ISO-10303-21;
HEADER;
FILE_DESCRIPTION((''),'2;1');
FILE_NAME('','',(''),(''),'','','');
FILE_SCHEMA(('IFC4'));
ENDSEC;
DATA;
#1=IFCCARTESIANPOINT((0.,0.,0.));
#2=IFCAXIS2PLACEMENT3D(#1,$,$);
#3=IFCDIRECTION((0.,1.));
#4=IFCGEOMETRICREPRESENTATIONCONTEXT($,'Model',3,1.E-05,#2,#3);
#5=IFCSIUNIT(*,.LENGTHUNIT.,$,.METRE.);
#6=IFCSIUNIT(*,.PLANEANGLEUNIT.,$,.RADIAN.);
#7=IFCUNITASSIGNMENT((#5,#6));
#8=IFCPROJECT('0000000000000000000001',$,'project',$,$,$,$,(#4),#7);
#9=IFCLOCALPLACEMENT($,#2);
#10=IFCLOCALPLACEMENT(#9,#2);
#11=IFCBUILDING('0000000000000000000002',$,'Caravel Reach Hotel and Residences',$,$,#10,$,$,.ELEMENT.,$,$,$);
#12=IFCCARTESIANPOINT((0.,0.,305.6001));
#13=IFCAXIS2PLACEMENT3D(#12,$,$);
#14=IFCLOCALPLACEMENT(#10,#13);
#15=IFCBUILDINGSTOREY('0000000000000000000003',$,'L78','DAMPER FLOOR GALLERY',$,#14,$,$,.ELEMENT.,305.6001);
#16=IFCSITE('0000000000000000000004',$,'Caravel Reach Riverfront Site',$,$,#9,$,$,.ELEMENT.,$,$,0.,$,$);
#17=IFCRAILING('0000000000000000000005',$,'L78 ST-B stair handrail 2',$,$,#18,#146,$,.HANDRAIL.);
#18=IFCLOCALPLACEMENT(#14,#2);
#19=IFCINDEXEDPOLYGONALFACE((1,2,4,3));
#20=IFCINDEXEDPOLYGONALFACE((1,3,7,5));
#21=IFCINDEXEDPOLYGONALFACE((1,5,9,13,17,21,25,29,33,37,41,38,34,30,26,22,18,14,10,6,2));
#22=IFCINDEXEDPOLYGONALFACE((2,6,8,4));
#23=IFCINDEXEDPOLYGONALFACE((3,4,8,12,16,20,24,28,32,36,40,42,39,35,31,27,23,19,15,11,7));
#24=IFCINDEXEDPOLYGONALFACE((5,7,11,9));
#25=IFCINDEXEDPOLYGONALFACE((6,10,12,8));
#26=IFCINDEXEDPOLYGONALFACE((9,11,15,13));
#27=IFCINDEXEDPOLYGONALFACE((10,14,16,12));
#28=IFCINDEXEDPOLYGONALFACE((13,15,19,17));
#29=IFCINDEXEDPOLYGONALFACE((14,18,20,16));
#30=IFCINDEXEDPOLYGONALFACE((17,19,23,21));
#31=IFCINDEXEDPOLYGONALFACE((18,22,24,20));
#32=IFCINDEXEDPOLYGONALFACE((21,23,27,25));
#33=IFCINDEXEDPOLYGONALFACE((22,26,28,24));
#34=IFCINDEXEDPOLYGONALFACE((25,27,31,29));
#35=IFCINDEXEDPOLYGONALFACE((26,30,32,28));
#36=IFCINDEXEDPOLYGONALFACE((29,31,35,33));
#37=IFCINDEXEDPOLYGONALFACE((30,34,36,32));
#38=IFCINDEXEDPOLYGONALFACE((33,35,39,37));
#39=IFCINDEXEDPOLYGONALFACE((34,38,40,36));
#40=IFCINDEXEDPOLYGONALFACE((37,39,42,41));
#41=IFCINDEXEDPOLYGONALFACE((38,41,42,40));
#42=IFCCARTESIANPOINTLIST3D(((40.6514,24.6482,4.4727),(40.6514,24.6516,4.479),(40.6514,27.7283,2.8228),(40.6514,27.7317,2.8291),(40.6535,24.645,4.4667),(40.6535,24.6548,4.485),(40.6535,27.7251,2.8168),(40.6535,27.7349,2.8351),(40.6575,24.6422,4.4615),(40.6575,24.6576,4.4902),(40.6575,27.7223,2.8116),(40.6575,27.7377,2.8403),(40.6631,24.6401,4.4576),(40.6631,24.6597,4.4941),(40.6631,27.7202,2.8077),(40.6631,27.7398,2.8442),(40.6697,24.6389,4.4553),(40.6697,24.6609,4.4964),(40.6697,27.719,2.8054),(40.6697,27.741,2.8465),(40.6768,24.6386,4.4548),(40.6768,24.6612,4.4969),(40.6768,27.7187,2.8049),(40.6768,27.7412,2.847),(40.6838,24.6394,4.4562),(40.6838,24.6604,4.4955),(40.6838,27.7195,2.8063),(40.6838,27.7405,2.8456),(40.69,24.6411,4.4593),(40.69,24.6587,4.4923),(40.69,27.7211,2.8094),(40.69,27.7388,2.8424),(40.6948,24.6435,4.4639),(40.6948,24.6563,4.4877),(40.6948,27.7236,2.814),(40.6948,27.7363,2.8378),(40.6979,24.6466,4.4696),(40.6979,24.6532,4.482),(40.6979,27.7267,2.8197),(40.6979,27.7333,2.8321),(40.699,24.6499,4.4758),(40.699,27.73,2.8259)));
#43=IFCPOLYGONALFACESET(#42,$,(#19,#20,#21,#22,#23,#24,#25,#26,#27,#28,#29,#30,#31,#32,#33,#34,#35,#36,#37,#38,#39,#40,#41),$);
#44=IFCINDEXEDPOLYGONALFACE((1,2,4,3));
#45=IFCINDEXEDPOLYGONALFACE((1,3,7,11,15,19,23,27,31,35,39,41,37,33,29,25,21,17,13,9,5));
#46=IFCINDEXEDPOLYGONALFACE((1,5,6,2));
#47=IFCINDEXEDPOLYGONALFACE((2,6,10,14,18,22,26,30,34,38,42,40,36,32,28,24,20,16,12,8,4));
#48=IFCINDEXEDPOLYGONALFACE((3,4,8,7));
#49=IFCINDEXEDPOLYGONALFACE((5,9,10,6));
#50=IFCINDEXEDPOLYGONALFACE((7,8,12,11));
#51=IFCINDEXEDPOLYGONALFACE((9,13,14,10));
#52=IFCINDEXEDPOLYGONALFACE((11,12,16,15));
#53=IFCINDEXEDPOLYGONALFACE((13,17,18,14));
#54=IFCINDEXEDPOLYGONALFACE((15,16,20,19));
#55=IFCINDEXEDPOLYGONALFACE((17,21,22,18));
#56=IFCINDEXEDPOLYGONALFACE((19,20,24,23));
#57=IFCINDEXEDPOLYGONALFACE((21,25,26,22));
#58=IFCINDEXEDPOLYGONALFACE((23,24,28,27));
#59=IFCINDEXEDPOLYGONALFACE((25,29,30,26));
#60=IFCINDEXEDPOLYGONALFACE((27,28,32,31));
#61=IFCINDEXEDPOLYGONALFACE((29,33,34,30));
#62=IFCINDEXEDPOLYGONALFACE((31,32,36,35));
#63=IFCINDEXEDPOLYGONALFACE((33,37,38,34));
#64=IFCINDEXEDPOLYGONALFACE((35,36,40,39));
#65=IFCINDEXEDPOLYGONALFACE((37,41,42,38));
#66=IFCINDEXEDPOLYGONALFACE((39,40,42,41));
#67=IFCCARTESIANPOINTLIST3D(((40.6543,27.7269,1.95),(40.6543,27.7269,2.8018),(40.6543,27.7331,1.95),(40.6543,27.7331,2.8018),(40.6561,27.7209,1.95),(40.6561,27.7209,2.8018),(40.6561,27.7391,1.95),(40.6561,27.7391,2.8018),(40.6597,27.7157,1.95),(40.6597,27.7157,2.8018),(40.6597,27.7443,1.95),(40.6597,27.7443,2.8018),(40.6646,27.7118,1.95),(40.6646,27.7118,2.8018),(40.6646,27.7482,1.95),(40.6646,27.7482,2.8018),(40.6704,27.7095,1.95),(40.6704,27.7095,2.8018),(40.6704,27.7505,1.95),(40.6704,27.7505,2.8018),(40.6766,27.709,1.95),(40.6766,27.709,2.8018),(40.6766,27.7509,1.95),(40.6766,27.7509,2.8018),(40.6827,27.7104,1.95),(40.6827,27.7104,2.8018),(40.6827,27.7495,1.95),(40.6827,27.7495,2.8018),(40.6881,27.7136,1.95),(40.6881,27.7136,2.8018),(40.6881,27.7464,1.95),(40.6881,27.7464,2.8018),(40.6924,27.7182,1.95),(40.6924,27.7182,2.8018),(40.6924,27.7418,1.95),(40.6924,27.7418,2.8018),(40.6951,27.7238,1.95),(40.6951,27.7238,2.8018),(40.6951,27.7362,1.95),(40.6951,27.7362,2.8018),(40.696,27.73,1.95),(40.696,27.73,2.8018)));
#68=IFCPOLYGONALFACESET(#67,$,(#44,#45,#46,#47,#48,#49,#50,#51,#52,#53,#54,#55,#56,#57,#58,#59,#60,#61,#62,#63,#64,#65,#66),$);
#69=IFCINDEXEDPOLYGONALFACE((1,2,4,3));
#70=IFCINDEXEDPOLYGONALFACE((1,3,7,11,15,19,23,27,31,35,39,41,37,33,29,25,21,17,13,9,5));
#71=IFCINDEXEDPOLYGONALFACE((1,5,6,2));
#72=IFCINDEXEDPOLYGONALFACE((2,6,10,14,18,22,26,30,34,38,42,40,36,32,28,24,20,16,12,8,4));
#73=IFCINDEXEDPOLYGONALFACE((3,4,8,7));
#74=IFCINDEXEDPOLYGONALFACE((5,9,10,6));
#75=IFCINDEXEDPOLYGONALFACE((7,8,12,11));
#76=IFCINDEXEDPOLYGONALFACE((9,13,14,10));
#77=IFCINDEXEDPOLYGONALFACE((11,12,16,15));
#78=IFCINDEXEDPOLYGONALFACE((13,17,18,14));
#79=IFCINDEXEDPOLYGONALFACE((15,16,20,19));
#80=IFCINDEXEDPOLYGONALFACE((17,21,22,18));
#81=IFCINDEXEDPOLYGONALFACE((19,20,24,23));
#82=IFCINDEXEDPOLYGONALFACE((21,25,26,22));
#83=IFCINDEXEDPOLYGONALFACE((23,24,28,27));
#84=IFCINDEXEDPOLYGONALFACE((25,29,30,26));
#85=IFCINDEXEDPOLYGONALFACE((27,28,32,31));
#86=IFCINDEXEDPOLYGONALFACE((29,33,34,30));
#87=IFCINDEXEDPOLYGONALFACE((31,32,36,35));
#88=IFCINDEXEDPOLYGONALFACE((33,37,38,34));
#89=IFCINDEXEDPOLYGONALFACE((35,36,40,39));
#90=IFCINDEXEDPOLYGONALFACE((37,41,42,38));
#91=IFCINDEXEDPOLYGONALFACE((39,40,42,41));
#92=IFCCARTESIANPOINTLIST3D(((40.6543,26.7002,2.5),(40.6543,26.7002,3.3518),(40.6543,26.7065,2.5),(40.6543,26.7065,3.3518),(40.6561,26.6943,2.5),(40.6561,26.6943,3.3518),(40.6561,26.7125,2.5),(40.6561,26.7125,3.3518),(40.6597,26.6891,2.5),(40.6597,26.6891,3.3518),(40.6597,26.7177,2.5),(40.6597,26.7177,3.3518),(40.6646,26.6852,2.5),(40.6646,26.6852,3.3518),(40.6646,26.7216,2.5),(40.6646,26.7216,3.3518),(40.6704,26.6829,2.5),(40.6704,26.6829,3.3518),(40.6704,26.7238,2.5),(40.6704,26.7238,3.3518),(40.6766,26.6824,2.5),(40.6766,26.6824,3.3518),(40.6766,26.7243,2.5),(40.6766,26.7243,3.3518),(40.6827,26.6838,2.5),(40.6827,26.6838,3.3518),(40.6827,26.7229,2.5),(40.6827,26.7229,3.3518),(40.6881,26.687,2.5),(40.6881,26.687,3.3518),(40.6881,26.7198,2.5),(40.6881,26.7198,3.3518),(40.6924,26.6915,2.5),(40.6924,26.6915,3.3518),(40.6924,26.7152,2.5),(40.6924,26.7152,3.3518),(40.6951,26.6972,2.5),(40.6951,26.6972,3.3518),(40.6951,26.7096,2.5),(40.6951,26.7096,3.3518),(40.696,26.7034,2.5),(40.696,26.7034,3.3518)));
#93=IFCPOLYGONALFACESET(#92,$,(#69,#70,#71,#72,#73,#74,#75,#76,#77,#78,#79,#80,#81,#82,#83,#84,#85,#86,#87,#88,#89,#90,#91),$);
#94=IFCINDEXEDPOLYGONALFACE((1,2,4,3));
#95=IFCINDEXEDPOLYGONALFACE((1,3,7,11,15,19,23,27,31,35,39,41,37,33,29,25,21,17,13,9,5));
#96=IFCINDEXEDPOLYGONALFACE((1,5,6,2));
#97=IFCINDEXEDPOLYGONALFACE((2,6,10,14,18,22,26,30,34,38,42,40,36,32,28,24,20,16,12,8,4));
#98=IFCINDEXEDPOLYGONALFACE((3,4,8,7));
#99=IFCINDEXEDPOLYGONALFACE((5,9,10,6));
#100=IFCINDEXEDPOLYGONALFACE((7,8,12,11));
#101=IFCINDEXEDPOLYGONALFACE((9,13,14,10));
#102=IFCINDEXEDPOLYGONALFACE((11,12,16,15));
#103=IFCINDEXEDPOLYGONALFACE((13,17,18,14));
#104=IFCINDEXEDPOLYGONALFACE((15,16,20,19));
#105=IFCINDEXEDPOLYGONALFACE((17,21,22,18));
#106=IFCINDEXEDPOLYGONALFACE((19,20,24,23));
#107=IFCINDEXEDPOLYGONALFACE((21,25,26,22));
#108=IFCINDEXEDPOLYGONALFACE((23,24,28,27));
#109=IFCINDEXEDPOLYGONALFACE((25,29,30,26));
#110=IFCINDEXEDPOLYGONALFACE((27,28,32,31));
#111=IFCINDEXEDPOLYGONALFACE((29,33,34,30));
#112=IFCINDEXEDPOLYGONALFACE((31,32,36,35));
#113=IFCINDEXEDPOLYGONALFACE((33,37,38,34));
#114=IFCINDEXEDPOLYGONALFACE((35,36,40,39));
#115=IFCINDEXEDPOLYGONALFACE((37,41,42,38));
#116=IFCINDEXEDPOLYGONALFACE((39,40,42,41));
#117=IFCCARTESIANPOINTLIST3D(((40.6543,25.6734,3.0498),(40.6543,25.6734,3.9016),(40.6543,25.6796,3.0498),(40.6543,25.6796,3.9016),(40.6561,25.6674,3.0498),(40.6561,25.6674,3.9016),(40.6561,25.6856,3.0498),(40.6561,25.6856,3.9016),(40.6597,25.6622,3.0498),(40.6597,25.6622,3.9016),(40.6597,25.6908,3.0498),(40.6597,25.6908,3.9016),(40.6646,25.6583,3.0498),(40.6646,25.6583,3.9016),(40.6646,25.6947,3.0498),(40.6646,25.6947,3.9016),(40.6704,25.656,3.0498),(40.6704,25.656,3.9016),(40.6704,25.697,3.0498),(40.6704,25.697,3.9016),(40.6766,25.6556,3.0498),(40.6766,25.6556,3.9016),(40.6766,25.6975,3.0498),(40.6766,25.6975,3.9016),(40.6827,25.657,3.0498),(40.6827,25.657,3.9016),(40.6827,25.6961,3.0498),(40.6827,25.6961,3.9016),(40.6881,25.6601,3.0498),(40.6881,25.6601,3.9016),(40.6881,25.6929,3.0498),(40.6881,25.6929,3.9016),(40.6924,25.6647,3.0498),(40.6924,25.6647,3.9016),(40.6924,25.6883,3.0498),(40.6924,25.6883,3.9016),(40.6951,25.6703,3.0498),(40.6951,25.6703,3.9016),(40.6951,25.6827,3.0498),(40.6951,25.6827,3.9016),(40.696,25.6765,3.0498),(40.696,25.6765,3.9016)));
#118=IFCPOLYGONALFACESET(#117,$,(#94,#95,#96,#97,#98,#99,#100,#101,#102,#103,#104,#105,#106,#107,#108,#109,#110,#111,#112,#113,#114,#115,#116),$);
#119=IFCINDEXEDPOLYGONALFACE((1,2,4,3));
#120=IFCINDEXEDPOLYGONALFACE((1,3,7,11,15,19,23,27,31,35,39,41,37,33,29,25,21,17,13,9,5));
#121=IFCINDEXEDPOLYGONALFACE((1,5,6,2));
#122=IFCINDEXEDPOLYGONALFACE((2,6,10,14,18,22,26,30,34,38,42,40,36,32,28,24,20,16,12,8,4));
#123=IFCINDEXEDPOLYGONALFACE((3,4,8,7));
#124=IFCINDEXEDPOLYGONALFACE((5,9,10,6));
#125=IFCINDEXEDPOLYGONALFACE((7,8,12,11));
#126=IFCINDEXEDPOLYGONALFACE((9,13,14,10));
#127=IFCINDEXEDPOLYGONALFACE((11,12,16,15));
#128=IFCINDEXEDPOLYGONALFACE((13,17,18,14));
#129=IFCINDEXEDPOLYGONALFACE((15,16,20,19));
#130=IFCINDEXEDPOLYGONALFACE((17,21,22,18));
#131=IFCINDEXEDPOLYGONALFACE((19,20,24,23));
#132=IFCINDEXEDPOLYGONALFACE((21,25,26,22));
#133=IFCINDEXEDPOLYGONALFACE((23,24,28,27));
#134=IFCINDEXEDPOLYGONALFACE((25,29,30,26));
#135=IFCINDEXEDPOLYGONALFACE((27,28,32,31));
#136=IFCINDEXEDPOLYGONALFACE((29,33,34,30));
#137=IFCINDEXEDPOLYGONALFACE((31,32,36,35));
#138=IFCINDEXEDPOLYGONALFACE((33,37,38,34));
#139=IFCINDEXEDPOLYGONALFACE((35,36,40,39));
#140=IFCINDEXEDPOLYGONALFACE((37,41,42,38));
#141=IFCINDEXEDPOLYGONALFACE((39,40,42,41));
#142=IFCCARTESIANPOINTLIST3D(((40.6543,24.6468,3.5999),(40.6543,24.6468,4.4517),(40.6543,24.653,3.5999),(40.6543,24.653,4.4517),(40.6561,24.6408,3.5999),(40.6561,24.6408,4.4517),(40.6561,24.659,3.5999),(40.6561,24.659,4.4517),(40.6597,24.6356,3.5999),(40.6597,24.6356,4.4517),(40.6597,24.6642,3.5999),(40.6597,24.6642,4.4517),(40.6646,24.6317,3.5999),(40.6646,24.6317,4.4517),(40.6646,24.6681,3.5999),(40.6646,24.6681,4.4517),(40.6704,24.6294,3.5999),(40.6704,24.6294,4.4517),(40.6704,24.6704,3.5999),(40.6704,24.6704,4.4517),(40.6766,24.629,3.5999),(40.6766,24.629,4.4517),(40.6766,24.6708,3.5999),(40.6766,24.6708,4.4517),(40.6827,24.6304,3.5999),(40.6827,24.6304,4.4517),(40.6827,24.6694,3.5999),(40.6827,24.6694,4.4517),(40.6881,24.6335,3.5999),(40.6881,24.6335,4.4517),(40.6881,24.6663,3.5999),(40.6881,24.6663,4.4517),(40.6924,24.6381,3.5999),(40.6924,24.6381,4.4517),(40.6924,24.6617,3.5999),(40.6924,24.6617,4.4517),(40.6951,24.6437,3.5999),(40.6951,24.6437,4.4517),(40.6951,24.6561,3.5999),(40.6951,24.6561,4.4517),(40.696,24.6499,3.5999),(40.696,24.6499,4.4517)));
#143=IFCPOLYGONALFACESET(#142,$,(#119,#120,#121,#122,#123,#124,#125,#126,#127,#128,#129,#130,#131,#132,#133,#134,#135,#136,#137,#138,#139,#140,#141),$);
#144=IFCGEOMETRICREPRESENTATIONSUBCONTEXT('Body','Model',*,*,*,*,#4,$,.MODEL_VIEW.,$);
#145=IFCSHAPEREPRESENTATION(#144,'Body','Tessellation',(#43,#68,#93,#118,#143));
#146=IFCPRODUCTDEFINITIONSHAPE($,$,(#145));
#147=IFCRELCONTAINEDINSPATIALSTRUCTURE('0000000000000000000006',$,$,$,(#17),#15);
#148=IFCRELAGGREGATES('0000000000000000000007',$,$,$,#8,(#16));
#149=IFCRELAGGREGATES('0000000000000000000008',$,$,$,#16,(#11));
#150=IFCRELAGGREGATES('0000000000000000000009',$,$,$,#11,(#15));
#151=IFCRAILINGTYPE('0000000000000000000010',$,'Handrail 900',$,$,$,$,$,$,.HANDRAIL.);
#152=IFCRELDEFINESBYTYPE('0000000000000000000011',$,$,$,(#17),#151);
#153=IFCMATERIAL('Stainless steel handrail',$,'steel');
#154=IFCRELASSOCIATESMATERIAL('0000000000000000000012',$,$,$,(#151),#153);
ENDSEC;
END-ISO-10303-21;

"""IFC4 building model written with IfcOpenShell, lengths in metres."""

from ifc_helpers import new_model, si_unit, direction, frame, origin, origin_2d, place, context, subcontext, project, spatial, circle, extrude, material, type_object, element, save


model = new_model("IFC4")

# Units and contexts
model_context = context("Model", 3, precision=1e-05, world=origin(), true_north=direction((0.0, 1.0)))
body_context = subcontext(model_context, "Body", "Model", "MODEL_VIEW")
ifc_project = project(units=[si_unit("LENGTHUNIT", "METRE"), si_unit("PLANEANGLEUNIT", "RADIAN")], contexts=[model_context])

# Site, building, storey
site_placement = place(None, origin())
site = spatial("IfcSite", under=ifc_project, at=site_placement, Name="Caravel Reach Riverfront Site", CompositionType="ELEMENT", RefElevation=0.0)
building_placement = place(site_placement, origin())
building = spatial("IfcBuilding", under=site, at=building_placement, Name="Caravel Reach Hotel and Residences", CompositionType="ELEMENT")
storey_placement = place(building_placement, frame((0.0, 0.0, 305.6001)))
storey = spatial("IfcBuildingStorey", under=building, at=storey_placement, Name="L78", Description="DAMPER FLOOR GALLERY", CompositionType="ELEMENT", Elevation=305.6001)

# Railing
ifc_material_1 = material(Name="Stainless steel handrail", Category="steel")
railing_type_1 = type_object("IfcRailingType", Name="Handrail 900", PredefinedType="HANDRAIL", material=ifc_material_1)
railing_1_placement = place(storey_placement, frame((40.675, 27.73, 1.95)))
element("IfcRailing", 1, at=railing_1_placement, inside=storey, type_object=railing_type_1, Name="L78 ST-B stair handrail 2", PredefinedType="HANDRAIL", context=body_context, shape_type="SweptSolid", body=[
    extrude(circle(Radius=0.0239, at=origin_2d()), frame((0.0, 0.0, 0.876), z_axis=(0.0, -0.881497, 0.47219), x_axis=(1.0, 0.0, 0.0)), (0.0, 0.0, 1.0), 3.4941),
    extrude(circle(Radius=0.021, at=origin_2d()), origin(), (0.0, 0.0, 1.0), 0.8518),
    extrude(circle(Radius=0.021, at=origin_2d()), frame((0.0, -1.0266, 0.55)), (0.0, 0.0, 1.0), 0.8518),
    extrude(circle(Radius=0.021, at=origin_2d()), frame((0.0, -2.0535, 1.0999)), (0.0, 0.0, 1.0), 0.8518),
    extrude(circle(Radius=0.021, at=origin_2d()), frame((0.0, -3.0801, 1.6499)), (0.0, 0.0, 1.0), 0.8518),
])

save(model, "model.ifc")
